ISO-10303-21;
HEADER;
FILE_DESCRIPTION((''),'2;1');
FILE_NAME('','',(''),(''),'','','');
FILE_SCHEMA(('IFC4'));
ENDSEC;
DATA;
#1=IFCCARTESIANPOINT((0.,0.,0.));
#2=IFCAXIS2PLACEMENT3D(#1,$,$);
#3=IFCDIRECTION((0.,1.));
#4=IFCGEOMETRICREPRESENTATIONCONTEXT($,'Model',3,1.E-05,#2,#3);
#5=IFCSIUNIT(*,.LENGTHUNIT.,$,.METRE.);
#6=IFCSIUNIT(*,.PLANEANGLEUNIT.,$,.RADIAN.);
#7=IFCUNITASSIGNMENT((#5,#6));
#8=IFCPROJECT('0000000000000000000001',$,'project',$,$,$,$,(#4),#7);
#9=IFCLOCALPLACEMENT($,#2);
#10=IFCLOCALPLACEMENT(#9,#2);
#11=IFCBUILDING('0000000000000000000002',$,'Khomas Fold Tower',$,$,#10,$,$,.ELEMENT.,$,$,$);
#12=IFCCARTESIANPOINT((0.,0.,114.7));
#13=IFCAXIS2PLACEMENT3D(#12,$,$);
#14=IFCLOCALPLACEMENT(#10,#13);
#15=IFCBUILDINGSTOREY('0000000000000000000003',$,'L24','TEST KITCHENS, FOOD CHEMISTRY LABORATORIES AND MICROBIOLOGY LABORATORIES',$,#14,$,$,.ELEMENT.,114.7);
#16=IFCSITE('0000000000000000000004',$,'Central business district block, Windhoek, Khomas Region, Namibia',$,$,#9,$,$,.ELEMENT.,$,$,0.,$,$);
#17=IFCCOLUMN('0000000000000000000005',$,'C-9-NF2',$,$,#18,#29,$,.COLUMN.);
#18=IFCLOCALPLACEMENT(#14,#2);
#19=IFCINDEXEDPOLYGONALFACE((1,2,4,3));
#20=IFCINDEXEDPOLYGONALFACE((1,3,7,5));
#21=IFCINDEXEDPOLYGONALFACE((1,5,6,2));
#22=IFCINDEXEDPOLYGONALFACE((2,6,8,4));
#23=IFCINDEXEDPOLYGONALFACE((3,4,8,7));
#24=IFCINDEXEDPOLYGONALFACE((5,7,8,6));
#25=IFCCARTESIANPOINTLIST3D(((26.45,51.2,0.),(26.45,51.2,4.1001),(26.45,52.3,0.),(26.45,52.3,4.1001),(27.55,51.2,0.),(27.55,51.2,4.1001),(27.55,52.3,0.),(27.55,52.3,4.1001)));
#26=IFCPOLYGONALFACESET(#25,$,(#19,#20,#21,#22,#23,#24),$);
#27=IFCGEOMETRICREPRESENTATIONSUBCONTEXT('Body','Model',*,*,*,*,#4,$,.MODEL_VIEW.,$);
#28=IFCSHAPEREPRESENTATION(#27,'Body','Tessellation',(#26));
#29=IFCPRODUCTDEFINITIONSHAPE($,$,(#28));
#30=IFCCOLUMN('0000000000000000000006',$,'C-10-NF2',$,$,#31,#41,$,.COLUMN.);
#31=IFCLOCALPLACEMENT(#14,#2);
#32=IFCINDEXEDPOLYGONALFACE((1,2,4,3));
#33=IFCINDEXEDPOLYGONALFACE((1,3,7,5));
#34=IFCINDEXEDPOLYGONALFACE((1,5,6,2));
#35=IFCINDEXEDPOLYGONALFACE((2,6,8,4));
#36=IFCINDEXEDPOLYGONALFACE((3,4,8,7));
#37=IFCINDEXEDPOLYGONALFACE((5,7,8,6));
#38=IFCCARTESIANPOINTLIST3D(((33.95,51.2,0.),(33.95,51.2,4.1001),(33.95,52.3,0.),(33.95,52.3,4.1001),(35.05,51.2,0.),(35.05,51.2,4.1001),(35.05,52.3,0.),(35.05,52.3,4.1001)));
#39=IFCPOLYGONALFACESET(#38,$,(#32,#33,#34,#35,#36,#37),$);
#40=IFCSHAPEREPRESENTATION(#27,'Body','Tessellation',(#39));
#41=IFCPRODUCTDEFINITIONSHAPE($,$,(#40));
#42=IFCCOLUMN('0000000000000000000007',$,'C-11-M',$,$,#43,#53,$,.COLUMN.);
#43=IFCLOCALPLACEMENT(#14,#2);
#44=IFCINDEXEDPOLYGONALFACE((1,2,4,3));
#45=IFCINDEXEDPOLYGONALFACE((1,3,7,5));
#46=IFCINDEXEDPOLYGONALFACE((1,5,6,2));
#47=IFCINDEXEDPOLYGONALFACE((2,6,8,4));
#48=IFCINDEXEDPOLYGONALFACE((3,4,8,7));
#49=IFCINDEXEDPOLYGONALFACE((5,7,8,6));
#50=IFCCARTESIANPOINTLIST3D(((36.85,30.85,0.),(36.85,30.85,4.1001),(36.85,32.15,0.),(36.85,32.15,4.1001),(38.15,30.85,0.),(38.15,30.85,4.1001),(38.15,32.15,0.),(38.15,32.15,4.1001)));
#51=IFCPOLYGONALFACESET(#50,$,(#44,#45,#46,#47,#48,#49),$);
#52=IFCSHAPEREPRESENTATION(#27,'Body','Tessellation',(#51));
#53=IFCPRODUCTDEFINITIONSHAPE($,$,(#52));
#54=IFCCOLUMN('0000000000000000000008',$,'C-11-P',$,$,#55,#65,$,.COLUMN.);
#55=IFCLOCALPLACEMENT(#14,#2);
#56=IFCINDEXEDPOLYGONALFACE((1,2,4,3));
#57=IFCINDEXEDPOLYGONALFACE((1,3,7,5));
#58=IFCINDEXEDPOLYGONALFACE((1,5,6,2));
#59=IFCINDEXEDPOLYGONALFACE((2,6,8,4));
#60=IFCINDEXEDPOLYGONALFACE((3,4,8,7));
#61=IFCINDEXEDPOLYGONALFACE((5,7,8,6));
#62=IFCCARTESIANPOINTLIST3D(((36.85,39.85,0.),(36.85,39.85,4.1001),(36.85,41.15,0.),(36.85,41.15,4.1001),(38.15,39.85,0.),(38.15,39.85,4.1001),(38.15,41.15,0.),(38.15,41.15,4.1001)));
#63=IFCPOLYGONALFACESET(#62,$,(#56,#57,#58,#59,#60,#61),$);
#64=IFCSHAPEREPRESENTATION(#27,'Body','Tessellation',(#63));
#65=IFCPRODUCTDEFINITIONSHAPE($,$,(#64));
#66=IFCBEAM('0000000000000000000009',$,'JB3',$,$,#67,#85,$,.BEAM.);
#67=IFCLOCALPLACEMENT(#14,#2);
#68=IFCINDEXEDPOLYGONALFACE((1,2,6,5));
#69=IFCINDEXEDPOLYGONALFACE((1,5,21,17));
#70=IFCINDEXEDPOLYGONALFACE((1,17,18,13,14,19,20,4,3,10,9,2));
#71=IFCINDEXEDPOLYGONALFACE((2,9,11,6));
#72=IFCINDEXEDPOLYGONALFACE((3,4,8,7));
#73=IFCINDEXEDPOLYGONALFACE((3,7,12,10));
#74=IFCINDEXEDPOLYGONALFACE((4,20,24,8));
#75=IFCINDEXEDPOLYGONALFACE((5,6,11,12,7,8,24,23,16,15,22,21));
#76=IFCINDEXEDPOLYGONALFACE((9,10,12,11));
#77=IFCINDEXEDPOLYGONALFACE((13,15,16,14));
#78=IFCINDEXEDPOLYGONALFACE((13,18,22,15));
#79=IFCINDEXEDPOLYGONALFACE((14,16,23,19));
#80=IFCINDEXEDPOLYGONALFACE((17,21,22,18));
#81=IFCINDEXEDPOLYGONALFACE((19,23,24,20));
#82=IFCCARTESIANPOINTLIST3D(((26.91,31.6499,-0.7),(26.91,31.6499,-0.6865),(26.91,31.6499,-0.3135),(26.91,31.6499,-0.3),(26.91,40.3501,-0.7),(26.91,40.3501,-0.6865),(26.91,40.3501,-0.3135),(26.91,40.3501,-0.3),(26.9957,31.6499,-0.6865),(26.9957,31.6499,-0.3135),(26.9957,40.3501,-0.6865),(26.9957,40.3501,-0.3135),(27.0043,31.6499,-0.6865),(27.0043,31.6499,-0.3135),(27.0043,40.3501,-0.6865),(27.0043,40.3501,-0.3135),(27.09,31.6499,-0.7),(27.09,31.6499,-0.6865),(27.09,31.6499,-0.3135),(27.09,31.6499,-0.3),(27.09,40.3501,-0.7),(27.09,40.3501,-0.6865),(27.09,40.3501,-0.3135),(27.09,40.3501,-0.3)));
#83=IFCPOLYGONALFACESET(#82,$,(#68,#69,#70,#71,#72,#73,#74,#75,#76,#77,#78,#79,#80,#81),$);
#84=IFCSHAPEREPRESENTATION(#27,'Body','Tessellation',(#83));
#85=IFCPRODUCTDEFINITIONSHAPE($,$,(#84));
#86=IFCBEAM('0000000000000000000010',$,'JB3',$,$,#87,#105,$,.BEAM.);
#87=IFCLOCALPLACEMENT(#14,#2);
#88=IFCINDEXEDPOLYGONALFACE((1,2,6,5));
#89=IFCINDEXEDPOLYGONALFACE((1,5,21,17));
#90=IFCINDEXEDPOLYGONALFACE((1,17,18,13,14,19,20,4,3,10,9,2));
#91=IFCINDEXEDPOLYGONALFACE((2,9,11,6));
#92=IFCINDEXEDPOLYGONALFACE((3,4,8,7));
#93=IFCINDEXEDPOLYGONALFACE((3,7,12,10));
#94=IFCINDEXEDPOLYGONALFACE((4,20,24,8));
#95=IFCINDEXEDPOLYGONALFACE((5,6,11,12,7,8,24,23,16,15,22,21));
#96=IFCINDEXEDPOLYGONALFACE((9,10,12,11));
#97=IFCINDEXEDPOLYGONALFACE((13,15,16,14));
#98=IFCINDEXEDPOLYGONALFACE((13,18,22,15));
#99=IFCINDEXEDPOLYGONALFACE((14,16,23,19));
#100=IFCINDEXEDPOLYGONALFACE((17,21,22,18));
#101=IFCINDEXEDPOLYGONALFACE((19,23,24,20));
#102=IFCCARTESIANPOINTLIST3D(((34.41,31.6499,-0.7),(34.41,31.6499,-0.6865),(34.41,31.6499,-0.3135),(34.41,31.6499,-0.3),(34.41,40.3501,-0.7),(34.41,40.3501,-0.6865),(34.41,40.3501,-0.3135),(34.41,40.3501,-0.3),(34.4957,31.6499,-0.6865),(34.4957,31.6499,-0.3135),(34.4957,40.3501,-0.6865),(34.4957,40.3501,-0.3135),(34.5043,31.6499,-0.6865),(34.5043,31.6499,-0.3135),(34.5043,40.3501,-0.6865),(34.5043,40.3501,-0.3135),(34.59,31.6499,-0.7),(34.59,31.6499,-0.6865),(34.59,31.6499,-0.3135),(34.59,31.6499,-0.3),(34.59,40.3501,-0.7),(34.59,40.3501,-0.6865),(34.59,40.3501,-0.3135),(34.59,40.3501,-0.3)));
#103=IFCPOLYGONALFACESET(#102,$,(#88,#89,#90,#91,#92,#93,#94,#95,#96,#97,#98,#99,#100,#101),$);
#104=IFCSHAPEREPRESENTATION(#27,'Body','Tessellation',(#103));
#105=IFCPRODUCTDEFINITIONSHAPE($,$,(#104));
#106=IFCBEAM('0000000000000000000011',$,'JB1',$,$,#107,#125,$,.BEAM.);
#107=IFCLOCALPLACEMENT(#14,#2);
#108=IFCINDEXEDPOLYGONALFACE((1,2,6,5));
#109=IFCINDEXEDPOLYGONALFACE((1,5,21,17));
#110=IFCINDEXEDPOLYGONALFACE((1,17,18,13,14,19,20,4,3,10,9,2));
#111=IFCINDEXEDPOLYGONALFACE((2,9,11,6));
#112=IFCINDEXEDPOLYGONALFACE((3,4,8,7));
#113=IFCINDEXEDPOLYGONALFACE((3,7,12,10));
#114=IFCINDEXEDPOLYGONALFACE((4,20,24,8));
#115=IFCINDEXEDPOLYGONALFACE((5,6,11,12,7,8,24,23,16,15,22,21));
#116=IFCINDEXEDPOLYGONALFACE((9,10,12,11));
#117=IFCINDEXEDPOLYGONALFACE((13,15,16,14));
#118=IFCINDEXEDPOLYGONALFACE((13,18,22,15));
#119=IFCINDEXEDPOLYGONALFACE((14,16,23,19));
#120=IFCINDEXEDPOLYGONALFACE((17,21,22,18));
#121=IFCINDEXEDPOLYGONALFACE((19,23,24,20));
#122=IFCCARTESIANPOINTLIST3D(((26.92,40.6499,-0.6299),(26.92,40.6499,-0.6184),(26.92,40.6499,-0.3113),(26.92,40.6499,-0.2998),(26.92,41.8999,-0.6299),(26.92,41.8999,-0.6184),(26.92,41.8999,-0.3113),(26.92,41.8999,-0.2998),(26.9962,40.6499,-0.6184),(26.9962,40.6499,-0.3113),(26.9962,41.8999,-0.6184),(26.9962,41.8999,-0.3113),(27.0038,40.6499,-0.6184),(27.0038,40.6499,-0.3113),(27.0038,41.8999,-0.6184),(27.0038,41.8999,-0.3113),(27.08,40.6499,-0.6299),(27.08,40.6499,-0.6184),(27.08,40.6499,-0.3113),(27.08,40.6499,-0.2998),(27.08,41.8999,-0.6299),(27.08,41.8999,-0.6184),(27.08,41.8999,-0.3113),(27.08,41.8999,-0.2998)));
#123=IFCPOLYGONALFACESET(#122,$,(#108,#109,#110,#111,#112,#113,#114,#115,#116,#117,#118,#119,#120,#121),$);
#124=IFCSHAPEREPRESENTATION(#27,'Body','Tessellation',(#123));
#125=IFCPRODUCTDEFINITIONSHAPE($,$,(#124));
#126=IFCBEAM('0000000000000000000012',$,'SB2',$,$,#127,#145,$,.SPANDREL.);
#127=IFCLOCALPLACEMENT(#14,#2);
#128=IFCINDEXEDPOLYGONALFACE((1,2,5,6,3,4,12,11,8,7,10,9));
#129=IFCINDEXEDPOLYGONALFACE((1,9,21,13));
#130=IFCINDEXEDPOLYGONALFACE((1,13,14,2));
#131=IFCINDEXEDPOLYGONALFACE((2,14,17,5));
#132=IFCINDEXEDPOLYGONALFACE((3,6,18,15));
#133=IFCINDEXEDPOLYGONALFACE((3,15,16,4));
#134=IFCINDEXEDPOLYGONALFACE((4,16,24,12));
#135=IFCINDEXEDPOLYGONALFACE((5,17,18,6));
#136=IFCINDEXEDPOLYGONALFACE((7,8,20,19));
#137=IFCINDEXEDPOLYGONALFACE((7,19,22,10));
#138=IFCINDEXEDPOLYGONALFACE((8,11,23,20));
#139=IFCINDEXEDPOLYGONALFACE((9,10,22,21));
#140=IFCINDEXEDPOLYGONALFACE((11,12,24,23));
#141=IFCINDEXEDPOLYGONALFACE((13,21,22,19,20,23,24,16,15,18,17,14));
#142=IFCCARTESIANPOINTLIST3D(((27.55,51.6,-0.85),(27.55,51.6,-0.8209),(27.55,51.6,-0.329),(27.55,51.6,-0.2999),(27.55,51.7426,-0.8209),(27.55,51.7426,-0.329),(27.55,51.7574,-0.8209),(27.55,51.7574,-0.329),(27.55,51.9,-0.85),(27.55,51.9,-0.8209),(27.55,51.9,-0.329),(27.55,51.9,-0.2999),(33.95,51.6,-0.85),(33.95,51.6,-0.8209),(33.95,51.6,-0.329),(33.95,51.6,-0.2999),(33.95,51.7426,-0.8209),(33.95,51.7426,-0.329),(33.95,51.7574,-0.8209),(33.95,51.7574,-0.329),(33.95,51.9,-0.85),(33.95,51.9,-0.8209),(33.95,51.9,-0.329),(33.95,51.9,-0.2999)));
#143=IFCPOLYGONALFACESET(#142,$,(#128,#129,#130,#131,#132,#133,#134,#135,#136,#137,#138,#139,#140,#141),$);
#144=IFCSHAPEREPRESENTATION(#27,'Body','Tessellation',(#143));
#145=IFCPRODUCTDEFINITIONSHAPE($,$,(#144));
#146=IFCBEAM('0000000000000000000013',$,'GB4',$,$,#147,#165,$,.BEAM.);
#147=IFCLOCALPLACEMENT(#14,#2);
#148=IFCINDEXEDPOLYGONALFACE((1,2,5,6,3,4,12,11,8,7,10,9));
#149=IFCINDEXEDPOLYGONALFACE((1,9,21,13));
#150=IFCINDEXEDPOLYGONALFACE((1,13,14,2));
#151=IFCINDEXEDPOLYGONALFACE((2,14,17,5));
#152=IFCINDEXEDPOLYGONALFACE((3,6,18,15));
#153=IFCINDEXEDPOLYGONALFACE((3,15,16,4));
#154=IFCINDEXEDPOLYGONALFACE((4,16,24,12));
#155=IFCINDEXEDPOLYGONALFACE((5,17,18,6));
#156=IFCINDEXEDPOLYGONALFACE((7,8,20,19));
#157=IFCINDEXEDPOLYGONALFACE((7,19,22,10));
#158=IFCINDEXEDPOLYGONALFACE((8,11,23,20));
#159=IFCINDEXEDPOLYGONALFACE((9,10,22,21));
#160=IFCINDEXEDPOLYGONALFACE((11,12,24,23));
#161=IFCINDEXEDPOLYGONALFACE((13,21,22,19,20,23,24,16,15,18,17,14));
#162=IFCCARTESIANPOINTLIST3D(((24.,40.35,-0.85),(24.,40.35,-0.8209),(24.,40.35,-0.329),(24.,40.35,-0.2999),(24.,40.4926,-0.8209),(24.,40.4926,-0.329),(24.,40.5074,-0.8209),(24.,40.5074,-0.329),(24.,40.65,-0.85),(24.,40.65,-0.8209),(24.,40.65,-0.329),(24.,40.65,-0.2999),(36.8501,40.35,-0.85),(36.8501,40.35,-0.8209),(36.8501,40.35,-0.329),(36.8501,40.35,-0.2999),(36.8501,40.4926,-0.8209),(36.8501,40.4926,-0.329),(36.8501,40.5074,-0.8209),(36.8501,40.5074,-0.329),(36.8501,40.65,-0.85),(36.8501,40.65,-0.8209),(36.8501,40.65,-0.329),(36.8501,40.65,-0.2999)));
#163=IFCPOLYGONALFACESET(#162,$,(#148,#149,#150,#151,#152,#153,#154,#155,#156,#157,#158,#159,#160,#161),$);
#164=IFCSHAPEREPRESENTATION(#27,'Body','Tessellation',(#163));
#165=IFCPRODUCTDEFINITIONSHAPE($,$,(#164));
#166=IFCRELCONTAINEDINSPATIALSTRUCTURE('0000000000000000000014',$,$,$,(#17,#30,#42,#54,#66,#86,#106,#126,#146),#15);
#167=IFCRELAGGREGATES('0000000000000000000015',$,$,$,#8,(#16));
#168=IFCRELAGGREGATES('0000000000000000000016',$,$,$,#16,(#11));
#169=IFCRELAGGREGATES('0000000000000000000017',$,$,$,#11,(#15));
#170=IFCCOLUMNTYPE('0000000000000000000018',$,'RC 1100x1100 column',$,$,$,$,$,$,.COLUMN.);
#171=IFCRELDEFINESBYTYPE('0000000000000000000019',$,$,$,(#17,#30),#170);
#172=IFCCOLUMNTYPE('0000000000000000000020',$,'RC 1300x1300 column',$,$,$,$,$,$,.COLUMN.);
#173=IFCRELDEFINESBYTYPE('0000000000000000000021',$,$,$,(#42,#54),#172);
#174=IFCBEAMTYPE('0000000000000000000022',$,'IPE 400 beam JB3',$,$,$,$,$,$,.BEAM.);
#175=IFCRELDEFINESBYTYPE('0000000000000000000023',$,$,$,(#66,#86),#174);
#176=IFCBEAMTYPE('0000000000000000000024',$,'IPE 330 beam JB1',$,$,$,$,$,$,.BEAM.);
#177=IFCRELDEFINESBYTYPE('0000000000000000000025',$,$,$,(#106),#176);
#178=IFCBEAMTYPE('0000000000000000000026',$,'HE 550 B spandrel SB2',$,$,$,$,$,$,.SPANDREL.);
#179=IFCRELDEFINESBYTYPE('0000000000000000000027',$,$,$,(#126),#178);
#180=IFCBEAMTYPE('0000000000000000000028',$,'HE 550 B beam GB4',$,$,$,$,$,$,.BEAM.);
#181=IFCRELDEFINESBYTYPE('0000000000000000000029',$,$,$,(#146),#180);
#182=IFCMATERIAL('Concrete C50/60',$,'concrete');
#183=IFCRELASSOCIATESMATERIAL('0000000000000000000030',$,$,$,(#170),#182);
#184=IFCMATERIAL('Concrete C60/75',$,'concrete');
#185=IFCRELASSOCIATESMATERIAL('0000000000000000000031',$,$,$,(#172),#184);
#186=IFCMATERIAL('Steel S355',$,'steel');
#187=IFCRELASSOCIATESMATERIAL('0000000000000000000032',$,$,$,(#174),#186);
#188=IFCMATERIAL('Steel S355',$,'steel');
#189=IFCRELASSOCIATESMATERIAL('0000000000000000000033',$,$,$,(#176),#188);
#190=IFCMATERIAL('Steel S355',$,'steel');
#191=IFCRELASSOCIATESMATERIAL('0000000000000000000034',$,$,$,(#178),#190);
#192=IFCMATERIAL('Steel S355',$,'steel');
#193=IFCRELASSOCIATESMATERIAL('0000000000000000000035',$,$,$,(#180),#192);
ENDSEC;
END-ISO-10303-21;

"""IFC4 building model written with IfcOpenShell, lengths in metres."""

from ifc_helpers import new_model, si_unit, direction, frame, origin, origin_2d, place, context, subcontext, project, spatial, rectangle, i_section, extrude, source, transform, mapped, material, material_profile, profile_set, type_object, element, save


model = new_model("IFC4")

# Units and contexts
model_context = context("Model", 3, precision=1e-05, world=origin(), true_north=direction((0.0, 1.0)))
body_context = subcontext(model_context, "Body", "Model", "MODEL_VIEW")
ifc_project = project(units=[si_unit("LENGTHUNIT", "METRE"), si_unit("PLANEANGLEUNIT", "RADIAN")], contexts=[model_context])

# Site, building, storey
site_placement = place(None, origin())
site = spatial("IfcSite", under=ifc_project, at=site_placement, Name="Central business district block, Windhoek, Khomas Region, Namibia", CompositionType="ELEMENT", RefElevation=0.0)
building_placement = place(site_placement, origin())
building = spatial("IfcBuilding", under=site, at=building_placement, Name="Khomas Fold Tower", CompositionType="ELEMENT")
storey_placement = place(building_placement, frame((0.0, 0.0, 114.7)))
storey = spatial("IfcBuildingStorey", under=building, at=storey_placement, Name="L24", Description="TEST KITCHENS, FOOD CHEMISTRY LABORATORIES AND MICROBIOLOGY LABORATORIES", CompositionType="ELEMENT", Elevation=114.7)

# Columns
ifc_material_1 = material(Name="Concrete C50/60", Category="concrete")
ifc_material_profile_1 = material_profile(ifc_material_1, rectangle(XDim=1.1001, YDim=1.1001, at=origin_2d()), Name="RC 1100x1100")
ifc_profile_set_1 = profile_set([ifc_material_profile_1], Name="Concrete C50/60")
column_type_1 = type_object("IfcColumnType", Name="RC 1100x1100 column", PredefinedType="COLUMN", material=ifc_profile_set_1)
shared_shape_1 = source(origin(), body_context, "Body", "SweptSolid", [
    extrude(rectangle(XDim=1.1001, YDim=1.1001, at=origin_2d()), origin(), (0.0, 0.0, 1.0), 4.1001),
])
for number, where, z_axis, x_axis, name in (
    (1, (27.0, 51.75, 0.0), (0.0, 0.0, 1.0), (1.0, 0.0, 0.0), "C-9-NF2"),
    (2, (34.5, 51.75, 0.0), (0.0, 0.0, 1.0), (1.0, 0.0, 0.0), "C-10-NF2"),
):
    element("IfcColumn", number, at=place(storey_placement, frame(where, z_axis=z_axis, x_axis=x_axis)), inside=storey, type_object=column_type_1, Name=name, PredefinedType="COLUMN", context=body_context, shape_type="MappedRepresentation", body=[
        mapped(shared_shape_1, transform((0.0, 0.0, 0.0))),
    ])
ifc_material_2 = material(Name="Concrete C60/75", Category="concrete")
ifc_material_profile_2 = material_profile(ifc_material_2, rectangle(XDim=1.3, YDim=1.3, at=origin_2d()), Name="RC 1300x1300")
ifc_profile_set_2 = profile_set([ifc_material_profile_2], Name="Concrete C60/75")
column_type_2 = type_object("IfcColumnType", Name="RC 1300x1300 column", PredefinedType="COLUMN", material=ifc_profile_set_2)
shared_shape_2 = source(origin(), body_context, "Body", "SweptSolid", [
    extrude(rectangle(XDim=1.3, YDim=1.3, at=origin_2d()), origin(), (0.0, 0.0, 1.0), 4.1001),
])
for number, where, z_axis, x_axis, name in (
    (3, (37.5, 31.5, 0.0), (0.0, 0.0, 1.0), (1.0, 0.0, 0.0), "C-11-M"),
    (4, (37.5, 40.5, 0.0), (0.0, 0.0, 1.0), (1.0, 0.0, 0.0), "C-11-P"),
):
    element("IfcColumn", number, at=place(storey_placement, frame(where, z_axis=z_axis, x_axis=x_axis)), inside=storey, type_object=column_type_2, Name=name, PredefinedType="COLUMN", context=body_context, shape_type="MappedRepresentation", body=[
        mapped(shared_shape_2, transform((0.0, 0.0, 0.0))),
    ])

# Beams
ifc_material_3 = material(Name="Steel S355", Category="steel")
ifc_material_profile_3 = material_profile(ifc_material_3, i_section(OverallWidth=0.1799, OverallDepth=0.3999, WebThickness=0.0085, FlangeThickness=0.0134, at=origin_2d()), Name="IPE 400")
ifc_profile_set_3 = profile_set([ifc_material_profile_3], Name="Steel S355")
beam_type_1 = type_object("IfcBeamType", Name="IPE 400 beam JB3", PredefinedType="BEAM", material=ifc_profile_set_3)
shared_shape_3 = source(origin(), body_context, "Body", "SweptSolid", [
    extrude(i_section(OverallWidth=0.1799, OverallDepth=0.3999, WebThickness=0.0085, FlangeThickness=0.0134, at=origin_2d()), origin(), (0.0, 0.0, 1.0), 8.7002),
])
for number, where, z_axis, x_axis, name in (
    (5, (27.0, 31.6499, -0.5), (0.0, 1.0, 0.0), (-1.0, 0.0, 0.0), "JB3"),
    (6, (34.5, 31.6499, -0.5), (0.0, 1.0, 0.0), (-1.0, 0.0, 0.0), "JB3"),
):
    element("IfcBeam", number, at=place(storey_placement, frame(where, z_axis=z_axis, x_axis=x_axis)), inside=storey, type_object=beam_type_1, Name=name, PredefinedType="BEAM", context=body_context, shape_type="MappedRepresentation", body=[
        mapped(shared_shape_3, transform((0.0, 0.0, 0.0))),
    ])
ifc_material_4 = material(Name="Steel S355", Category="steel")
ifc_material_profile_4 = material_profile(ifc_material_4, i_section(OverallWidth=0.1599, OverallDepth=0.3301, WebThickness=0.0076, FlangeThickness=0.0115, at=origin_2d()), Name="IPE 330")
ifc_profile_set_4 = profile_set([ifc_material_profile_4], Name="Steel S355")
beam_type_2 = type_object("IfcBeamType", Name="IPE 330 beam JB1", PredefinedType="BEAM", material=ifc_profile_set_4)
shared_shape_4 = source(origin(), body_context, "Body", "SweptSolid", [
    extrude(i_section(OverallWidth=0.1599, OverallDepth=0.3301, WebThickness=0.0076, FlangeThickness=0.0115, at=origin_2d()), origin(), (0.0, 0.0, 1.0), 1.25),
])
beam_1_placement = place(storey_placement, frame((27.0, 40.6499, -0.4648), z_axis=(0.0, 1.0, 0.0), x_axis=(-1.0, 0.0, 0.0)))
element("IfcBeam", 7, at=beam_1_placement, inside=storey, type_object=beam_type_2, Name="JB1", PredefinedType="BEAM", context=body_context, shape_type="MappedRepresentation", body=[
    mapped(shared_shape_4, transform((0.0, 0.0, 0.0))),
])
ifc_material_5 = material(Name="Steel S355", Category="steel")
ifc_material_profile_5 = material_profile(ifc_material_5, i_section(OverallWidth=0.3, OverallDepth=0.55, WebThickness=0.0149, FlangeThickness=0.0291, at=origin_2d()), Name="HE 550 B")
ifc_profile_set_5 = profile_set([ifc_material_profile_5], Name="Steel S355")
beam_type_3 = type_object("IfcBeamType", Name="HE 550 B spandrel SB2", PredefinedType="SPANDREL", material=ifc_profile_set_5)
shared_shape_5 = source(origin(), body_context, "Body", "SweptSolid", [
    extrude(i_section(OverallWidth=0.3, OverallDepth=0.55, WebThickness=0.0149, FlangeThickness=0.0291, at=origin_2d()), origin(), (0.0, 0.0, 1.0), 6.3999),
])
beam_2_placement = place(storey_placement, frame((27.55, 51.75, -0.575), z_axis=(1.0, 0.0, 0.0), x_axis=(0.0, 1.0, 0.0)))
element("IfcBeam", 8, at=beam_2_placement, inside=storey, type_object=beam_type_3, Name="SB2", PredefinedType="SPANDREL", context=body_context, shape_type="MappedRepresentation", body=[
    mapped(shared_shape_5, transform((0.0, 0.0, 0.0))),
])
ifc_material_6 = material(Name="Steel S355", Category="steel")
ifc_material_profile_6 = material_profile(ifc_material_6, i_section(OverallWidth=0.3, OverallDepth=0.55, WebThickness=0.0149, FlangeThickness=0.0291, at=origin_2d()), Name="HE 550 B")
ifc_profile_set_6 = profile_set([ifc_material_profile_6], Name="Steel S355")
beam_type_4 = type_object("IfcBeamType", Name="HE 550 B beam GB4", PredefinedType="BEAM", material=ifc_profile_set_6)
shared_shape_6 = source(origin(), body_context, "Body", "SweptSolid", [
    extrude(i_section(OverallWidth=0.3, OverallDepth=0.55, WebThickness=0.0149, FlangeThickness=0.0291, at=origin_2d()), origin(), (0.0, 0.0, 1.0), 12.8501),
])
beam_3_placement = place(storey_placement, frame((24.0, 40.5, -0.575), z_axis=(1.0, 0.0, 0.0), x_axis=(0.0, 1.0, 0.0)))
element("IfcBeam", 9, at=beam_3_placement, inside=storey, type_object=beam_type_4, Name="GB4", PredefinedType="BEAM", context=body_context, shape_type="MappedRepresentation", body=[
    mapped(shared_shape_6, transform((0.0, 0.0, 0.0))),
])

save(model, "model.ifc")
